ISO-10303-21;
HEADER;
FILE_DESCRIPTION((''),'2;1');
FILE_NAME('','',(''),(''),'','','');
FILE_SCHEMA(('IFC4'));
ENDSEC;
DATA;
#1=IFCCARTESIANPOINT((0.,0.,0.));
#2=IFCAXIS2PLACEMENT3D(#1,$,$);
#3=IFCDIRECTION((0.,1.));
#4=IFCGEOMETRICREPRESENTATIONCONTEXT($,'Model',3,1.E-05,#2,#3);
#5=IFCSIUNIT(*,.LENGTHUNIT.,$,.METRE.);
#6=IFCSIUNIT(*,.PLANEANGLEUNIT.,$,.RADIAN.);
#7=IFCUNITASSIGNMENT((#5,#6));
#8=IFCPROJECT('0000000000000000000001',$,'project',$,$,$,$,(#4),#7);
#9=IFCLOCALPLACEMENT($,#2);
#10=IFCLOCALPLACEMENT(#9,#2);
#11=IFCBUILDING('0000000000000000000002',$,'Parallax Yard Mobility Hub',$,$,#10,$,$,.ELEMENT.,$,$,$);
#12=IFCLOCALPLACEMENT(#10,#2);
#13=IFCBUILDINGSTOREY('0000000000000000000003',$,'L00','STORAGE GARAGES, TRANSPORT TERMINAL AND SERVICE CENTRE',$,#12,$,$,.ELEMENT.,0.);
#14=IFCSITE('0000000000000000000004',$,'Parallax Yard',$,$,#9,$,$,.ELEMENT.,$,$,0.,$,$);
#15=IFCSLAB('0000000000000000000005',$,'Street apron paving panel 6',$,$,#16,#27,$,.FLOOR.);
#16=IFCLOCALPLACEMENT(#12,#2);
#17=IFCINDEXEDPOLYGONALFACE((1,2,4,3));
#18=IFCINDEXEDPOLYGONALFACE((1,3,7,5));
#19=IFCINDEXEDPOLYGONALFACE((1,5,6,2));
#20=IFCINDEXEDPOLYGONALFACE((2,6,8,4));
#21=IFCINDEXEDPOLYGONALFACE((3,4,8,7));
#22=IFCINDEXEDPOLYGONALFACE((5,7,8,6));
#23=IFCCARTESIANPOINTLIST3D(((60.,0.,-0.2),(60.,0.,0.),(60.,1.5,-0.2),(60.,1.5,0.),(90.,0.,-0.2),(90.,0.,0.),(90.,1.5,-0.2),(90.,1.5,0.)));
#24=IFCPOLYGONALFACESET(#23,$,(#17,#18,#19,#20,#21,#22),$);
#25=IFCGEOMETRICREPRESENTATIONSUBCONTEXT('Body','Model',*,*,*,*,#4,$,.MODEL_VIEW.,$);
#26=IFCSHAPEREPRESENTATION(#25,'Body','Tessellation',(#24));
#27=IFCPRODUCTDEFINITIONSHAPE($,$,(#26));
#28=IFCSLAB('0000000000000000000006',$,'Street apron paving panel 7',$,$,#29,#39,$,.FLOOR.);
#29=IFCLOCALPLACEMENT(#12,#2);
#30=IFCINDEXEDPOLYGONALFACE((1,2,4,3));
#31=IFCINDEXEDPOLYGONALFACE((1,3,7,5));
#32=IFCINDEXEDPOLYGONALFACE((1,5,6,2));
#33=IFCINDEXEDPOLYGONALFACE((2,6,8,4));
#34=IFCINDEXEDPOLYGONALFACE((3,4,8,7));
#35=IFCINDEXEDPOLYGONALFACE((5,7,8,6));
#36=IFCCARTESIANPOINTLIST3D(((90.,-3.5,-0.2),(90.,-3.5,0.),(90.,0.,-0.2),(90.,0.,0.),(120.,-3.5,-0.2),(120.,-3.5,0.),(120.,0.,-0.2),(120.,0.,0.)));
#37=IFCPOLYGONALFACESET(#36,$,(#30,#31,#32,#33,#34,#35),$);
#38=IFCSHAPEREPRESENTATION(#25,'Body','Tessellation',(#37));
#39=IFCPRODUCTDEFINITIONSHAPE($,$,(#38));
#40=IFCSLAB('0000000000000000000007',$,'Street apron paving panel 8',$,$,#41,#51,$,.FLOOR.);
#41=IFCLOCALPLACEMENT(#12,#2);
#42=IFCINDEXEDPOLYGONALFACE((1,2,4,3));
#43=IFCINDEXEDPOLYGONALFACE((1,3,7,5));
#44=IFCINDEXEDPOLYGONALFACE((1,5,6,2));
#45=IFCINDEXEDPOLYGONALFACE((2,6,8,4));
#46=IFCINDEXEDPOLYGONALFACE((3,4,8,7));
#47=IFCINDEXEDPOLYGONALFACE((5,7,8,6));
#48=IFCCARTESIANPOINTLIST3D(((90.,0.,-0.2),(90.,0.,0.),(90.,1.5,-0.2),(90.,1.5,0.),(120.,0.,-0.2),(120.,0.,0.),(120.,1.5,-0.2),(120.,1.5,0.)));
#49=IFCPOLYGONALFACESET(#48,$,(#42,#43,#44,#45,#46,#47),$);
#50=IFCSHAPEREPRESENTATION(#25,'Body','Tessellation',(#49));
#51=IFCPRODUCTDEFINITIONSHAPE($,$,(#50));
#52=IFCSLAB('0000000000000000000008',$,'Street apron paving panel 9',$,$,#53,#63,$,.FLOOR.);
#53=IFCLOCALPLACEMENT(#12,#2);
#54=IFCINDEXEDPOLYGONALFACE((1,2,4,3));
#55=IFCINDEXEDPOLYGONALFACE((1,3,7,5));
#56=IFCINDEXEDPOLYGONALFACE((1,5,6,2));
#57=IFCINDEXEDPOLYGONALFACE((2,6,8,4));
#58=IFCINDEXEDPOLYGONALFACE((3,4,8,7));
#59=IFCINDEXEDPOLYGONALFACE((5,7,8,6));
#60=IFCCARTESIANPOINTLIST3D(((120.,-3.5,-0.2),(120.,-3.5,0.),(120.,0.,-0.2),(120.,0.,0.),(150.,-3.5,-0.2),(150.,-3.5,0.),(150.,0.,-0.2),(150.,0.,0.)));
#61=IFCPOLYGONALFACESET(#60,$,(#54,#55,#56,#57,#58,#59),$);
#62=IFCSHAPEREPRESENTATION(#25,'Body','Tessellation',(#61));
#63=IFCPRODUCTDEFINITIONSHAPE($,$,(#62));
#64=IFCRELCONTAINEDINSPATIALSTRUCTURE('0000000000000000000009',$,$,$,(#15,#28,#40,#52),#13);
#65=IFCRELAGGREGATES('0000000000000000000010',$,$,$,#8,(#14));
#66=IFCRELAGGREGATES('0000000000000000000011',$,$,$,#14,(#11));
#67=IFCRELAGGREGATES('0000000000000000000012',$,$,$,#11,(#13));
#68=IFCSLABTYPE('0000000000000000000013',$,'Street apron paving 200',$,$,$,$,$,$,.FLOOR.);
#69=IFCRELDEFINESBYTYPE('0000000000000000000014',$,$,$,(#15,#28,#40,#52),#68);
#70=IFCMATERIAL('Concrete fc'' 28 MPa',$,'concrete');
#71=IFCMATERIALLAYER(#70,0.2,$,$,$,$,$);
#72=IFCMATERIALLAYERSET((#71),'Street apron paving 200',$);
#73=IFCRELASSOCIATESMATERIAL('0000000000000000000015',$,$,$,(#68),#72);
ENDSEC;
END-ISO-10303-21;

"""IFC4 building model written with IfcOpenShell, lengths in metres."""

from ifc_helpers import new_model, si_unit, direction, frame, origin, place, context, subcontext, project, spatial, polyline, outline, extrude, material, layer, layer_set, type_object, element, save


model = new_model("IFC4")

# Units and contexts
model_context = context("Model", 3, precision=1e-05, world=origin(), true_north=direction((0.0, 1.0)))
body_context = subcontext(model_context, "Body", "Model", "MODEL_VIEW")
ifc_project = project(units=[si_unit("LENGTHUNIT", "METRE"), si_unit("PLANEANGLEUNIT", "RADIAN")], contexts=[model_context])

# Site, building, storey
site_placement = place(None, origin())
site = spatial("IfcSite", under=ifc_project, at=site_placement, Name="Parallax Yard", CompositionType="ELEMENT", RefElevation=0.0)
building_placement = place(site_placement, origin())
building = spatial("IfcBuilding", under=site, at=building_placement, Name="Parallax Yard Mobility Hub", CompositionType="ELEMENT")
storey_placement = place(building_placement, origin())
storey = spatial("IfcBuildingStorey", under=building, at=storey_placement, Name="L00", Description="STORAGE GARAGES, TRANSPORT TERMINAL AND SERVICE CENTRE", CompositionType="ELEMENT", Elevation=0.0)

# Slabs
ifc_material_1 = material(Name="Concrete fc' 28 MPa", Category="concrete")
ifc_layer_1 = layer(ifc_material_1, 0.2)
ifc_layer_set_1 = layer_set([ifc_layer_1], Name="Street apron paving 200")
slab_type_1 = type_object("IfcSlabType", Name="Street apron paving 200", PredefinedType="FLOOR", material=ifc_layer_set_1)
slab_1_placement = place(storey_placement, frame((0.0, 0.0, -0.2)))
element("IfcSlab", 1, at=slab_1_placement, inside=storey, type_object=slab_type_1, Name="Street apron paving panel 6", PredefinedType="FLOOR", context=body_context, shape_type="SweptSolid", body=[
    extrude(outline(polyline([(90.0, 1.5), (90.0, 0.0), (60.0, 0.0), (60.0, 1.5), (90.0, 1.5)])), origin(), (0.0, 0.0, 1.0), 0.2),
])
slab_2_placement = place(storey_placement, frame((0.0, 0.0, -0.2)))
element("IfcSlab", 2, at=slab_2_placement, inside=storey, type_object=slab_type_1, Name="Street apron paving panel 7", PredefinedType="FLOOR", context=body_context, shape_type="SweptSolid", body=[
    extrude(outline(polyline([(90.0, -3.5), (90.0, 0.0), (120.0, 0.0), (120.0, -3.5), (90.0, -3.5)])), origin(), (0.0, 0.0, 1.0), 0.2),
])
slab_3_placement = place(storey_placement, frame((0.0, 0.0, -0.2)))
element("IfcSlab", 3, at=slab_3_placement, inside=storey, type_object=slab_type_1, Name="Street apron paving panel 8", PredefinedType="FLOOR", context=body_context, shape_type="SweptSolid", body=[
    extrude(outline(polyline([(120.0, 1.5), (120.0, 0.0), (90.0, 0.0), (90.0, 1.5), (120.0, 1.5)])), origin(), (0.0, 0.0, 1.0), 0.2),
])
slab_4_placement = place(storey_placement, frame((0.0, 0.0, -0.2)))
element("IfcSlab", 4, at=slab_4_placement, inside=storey, type_object=slab_type_1, Name="Street apron paving panel 9", PredefinedType="FLOOR", context=body_context, shape_type="SweptSolid", body=[
    extrude(outline(polyline([(120.0, -3.5), (120.0, 0.0), (150.0, 0.0), (150.0, -3.5), (120.0, -3.5)])), origin(), (0.0, 0.0, 1.0), 0.2),
])

save(model, "model.ifc")
